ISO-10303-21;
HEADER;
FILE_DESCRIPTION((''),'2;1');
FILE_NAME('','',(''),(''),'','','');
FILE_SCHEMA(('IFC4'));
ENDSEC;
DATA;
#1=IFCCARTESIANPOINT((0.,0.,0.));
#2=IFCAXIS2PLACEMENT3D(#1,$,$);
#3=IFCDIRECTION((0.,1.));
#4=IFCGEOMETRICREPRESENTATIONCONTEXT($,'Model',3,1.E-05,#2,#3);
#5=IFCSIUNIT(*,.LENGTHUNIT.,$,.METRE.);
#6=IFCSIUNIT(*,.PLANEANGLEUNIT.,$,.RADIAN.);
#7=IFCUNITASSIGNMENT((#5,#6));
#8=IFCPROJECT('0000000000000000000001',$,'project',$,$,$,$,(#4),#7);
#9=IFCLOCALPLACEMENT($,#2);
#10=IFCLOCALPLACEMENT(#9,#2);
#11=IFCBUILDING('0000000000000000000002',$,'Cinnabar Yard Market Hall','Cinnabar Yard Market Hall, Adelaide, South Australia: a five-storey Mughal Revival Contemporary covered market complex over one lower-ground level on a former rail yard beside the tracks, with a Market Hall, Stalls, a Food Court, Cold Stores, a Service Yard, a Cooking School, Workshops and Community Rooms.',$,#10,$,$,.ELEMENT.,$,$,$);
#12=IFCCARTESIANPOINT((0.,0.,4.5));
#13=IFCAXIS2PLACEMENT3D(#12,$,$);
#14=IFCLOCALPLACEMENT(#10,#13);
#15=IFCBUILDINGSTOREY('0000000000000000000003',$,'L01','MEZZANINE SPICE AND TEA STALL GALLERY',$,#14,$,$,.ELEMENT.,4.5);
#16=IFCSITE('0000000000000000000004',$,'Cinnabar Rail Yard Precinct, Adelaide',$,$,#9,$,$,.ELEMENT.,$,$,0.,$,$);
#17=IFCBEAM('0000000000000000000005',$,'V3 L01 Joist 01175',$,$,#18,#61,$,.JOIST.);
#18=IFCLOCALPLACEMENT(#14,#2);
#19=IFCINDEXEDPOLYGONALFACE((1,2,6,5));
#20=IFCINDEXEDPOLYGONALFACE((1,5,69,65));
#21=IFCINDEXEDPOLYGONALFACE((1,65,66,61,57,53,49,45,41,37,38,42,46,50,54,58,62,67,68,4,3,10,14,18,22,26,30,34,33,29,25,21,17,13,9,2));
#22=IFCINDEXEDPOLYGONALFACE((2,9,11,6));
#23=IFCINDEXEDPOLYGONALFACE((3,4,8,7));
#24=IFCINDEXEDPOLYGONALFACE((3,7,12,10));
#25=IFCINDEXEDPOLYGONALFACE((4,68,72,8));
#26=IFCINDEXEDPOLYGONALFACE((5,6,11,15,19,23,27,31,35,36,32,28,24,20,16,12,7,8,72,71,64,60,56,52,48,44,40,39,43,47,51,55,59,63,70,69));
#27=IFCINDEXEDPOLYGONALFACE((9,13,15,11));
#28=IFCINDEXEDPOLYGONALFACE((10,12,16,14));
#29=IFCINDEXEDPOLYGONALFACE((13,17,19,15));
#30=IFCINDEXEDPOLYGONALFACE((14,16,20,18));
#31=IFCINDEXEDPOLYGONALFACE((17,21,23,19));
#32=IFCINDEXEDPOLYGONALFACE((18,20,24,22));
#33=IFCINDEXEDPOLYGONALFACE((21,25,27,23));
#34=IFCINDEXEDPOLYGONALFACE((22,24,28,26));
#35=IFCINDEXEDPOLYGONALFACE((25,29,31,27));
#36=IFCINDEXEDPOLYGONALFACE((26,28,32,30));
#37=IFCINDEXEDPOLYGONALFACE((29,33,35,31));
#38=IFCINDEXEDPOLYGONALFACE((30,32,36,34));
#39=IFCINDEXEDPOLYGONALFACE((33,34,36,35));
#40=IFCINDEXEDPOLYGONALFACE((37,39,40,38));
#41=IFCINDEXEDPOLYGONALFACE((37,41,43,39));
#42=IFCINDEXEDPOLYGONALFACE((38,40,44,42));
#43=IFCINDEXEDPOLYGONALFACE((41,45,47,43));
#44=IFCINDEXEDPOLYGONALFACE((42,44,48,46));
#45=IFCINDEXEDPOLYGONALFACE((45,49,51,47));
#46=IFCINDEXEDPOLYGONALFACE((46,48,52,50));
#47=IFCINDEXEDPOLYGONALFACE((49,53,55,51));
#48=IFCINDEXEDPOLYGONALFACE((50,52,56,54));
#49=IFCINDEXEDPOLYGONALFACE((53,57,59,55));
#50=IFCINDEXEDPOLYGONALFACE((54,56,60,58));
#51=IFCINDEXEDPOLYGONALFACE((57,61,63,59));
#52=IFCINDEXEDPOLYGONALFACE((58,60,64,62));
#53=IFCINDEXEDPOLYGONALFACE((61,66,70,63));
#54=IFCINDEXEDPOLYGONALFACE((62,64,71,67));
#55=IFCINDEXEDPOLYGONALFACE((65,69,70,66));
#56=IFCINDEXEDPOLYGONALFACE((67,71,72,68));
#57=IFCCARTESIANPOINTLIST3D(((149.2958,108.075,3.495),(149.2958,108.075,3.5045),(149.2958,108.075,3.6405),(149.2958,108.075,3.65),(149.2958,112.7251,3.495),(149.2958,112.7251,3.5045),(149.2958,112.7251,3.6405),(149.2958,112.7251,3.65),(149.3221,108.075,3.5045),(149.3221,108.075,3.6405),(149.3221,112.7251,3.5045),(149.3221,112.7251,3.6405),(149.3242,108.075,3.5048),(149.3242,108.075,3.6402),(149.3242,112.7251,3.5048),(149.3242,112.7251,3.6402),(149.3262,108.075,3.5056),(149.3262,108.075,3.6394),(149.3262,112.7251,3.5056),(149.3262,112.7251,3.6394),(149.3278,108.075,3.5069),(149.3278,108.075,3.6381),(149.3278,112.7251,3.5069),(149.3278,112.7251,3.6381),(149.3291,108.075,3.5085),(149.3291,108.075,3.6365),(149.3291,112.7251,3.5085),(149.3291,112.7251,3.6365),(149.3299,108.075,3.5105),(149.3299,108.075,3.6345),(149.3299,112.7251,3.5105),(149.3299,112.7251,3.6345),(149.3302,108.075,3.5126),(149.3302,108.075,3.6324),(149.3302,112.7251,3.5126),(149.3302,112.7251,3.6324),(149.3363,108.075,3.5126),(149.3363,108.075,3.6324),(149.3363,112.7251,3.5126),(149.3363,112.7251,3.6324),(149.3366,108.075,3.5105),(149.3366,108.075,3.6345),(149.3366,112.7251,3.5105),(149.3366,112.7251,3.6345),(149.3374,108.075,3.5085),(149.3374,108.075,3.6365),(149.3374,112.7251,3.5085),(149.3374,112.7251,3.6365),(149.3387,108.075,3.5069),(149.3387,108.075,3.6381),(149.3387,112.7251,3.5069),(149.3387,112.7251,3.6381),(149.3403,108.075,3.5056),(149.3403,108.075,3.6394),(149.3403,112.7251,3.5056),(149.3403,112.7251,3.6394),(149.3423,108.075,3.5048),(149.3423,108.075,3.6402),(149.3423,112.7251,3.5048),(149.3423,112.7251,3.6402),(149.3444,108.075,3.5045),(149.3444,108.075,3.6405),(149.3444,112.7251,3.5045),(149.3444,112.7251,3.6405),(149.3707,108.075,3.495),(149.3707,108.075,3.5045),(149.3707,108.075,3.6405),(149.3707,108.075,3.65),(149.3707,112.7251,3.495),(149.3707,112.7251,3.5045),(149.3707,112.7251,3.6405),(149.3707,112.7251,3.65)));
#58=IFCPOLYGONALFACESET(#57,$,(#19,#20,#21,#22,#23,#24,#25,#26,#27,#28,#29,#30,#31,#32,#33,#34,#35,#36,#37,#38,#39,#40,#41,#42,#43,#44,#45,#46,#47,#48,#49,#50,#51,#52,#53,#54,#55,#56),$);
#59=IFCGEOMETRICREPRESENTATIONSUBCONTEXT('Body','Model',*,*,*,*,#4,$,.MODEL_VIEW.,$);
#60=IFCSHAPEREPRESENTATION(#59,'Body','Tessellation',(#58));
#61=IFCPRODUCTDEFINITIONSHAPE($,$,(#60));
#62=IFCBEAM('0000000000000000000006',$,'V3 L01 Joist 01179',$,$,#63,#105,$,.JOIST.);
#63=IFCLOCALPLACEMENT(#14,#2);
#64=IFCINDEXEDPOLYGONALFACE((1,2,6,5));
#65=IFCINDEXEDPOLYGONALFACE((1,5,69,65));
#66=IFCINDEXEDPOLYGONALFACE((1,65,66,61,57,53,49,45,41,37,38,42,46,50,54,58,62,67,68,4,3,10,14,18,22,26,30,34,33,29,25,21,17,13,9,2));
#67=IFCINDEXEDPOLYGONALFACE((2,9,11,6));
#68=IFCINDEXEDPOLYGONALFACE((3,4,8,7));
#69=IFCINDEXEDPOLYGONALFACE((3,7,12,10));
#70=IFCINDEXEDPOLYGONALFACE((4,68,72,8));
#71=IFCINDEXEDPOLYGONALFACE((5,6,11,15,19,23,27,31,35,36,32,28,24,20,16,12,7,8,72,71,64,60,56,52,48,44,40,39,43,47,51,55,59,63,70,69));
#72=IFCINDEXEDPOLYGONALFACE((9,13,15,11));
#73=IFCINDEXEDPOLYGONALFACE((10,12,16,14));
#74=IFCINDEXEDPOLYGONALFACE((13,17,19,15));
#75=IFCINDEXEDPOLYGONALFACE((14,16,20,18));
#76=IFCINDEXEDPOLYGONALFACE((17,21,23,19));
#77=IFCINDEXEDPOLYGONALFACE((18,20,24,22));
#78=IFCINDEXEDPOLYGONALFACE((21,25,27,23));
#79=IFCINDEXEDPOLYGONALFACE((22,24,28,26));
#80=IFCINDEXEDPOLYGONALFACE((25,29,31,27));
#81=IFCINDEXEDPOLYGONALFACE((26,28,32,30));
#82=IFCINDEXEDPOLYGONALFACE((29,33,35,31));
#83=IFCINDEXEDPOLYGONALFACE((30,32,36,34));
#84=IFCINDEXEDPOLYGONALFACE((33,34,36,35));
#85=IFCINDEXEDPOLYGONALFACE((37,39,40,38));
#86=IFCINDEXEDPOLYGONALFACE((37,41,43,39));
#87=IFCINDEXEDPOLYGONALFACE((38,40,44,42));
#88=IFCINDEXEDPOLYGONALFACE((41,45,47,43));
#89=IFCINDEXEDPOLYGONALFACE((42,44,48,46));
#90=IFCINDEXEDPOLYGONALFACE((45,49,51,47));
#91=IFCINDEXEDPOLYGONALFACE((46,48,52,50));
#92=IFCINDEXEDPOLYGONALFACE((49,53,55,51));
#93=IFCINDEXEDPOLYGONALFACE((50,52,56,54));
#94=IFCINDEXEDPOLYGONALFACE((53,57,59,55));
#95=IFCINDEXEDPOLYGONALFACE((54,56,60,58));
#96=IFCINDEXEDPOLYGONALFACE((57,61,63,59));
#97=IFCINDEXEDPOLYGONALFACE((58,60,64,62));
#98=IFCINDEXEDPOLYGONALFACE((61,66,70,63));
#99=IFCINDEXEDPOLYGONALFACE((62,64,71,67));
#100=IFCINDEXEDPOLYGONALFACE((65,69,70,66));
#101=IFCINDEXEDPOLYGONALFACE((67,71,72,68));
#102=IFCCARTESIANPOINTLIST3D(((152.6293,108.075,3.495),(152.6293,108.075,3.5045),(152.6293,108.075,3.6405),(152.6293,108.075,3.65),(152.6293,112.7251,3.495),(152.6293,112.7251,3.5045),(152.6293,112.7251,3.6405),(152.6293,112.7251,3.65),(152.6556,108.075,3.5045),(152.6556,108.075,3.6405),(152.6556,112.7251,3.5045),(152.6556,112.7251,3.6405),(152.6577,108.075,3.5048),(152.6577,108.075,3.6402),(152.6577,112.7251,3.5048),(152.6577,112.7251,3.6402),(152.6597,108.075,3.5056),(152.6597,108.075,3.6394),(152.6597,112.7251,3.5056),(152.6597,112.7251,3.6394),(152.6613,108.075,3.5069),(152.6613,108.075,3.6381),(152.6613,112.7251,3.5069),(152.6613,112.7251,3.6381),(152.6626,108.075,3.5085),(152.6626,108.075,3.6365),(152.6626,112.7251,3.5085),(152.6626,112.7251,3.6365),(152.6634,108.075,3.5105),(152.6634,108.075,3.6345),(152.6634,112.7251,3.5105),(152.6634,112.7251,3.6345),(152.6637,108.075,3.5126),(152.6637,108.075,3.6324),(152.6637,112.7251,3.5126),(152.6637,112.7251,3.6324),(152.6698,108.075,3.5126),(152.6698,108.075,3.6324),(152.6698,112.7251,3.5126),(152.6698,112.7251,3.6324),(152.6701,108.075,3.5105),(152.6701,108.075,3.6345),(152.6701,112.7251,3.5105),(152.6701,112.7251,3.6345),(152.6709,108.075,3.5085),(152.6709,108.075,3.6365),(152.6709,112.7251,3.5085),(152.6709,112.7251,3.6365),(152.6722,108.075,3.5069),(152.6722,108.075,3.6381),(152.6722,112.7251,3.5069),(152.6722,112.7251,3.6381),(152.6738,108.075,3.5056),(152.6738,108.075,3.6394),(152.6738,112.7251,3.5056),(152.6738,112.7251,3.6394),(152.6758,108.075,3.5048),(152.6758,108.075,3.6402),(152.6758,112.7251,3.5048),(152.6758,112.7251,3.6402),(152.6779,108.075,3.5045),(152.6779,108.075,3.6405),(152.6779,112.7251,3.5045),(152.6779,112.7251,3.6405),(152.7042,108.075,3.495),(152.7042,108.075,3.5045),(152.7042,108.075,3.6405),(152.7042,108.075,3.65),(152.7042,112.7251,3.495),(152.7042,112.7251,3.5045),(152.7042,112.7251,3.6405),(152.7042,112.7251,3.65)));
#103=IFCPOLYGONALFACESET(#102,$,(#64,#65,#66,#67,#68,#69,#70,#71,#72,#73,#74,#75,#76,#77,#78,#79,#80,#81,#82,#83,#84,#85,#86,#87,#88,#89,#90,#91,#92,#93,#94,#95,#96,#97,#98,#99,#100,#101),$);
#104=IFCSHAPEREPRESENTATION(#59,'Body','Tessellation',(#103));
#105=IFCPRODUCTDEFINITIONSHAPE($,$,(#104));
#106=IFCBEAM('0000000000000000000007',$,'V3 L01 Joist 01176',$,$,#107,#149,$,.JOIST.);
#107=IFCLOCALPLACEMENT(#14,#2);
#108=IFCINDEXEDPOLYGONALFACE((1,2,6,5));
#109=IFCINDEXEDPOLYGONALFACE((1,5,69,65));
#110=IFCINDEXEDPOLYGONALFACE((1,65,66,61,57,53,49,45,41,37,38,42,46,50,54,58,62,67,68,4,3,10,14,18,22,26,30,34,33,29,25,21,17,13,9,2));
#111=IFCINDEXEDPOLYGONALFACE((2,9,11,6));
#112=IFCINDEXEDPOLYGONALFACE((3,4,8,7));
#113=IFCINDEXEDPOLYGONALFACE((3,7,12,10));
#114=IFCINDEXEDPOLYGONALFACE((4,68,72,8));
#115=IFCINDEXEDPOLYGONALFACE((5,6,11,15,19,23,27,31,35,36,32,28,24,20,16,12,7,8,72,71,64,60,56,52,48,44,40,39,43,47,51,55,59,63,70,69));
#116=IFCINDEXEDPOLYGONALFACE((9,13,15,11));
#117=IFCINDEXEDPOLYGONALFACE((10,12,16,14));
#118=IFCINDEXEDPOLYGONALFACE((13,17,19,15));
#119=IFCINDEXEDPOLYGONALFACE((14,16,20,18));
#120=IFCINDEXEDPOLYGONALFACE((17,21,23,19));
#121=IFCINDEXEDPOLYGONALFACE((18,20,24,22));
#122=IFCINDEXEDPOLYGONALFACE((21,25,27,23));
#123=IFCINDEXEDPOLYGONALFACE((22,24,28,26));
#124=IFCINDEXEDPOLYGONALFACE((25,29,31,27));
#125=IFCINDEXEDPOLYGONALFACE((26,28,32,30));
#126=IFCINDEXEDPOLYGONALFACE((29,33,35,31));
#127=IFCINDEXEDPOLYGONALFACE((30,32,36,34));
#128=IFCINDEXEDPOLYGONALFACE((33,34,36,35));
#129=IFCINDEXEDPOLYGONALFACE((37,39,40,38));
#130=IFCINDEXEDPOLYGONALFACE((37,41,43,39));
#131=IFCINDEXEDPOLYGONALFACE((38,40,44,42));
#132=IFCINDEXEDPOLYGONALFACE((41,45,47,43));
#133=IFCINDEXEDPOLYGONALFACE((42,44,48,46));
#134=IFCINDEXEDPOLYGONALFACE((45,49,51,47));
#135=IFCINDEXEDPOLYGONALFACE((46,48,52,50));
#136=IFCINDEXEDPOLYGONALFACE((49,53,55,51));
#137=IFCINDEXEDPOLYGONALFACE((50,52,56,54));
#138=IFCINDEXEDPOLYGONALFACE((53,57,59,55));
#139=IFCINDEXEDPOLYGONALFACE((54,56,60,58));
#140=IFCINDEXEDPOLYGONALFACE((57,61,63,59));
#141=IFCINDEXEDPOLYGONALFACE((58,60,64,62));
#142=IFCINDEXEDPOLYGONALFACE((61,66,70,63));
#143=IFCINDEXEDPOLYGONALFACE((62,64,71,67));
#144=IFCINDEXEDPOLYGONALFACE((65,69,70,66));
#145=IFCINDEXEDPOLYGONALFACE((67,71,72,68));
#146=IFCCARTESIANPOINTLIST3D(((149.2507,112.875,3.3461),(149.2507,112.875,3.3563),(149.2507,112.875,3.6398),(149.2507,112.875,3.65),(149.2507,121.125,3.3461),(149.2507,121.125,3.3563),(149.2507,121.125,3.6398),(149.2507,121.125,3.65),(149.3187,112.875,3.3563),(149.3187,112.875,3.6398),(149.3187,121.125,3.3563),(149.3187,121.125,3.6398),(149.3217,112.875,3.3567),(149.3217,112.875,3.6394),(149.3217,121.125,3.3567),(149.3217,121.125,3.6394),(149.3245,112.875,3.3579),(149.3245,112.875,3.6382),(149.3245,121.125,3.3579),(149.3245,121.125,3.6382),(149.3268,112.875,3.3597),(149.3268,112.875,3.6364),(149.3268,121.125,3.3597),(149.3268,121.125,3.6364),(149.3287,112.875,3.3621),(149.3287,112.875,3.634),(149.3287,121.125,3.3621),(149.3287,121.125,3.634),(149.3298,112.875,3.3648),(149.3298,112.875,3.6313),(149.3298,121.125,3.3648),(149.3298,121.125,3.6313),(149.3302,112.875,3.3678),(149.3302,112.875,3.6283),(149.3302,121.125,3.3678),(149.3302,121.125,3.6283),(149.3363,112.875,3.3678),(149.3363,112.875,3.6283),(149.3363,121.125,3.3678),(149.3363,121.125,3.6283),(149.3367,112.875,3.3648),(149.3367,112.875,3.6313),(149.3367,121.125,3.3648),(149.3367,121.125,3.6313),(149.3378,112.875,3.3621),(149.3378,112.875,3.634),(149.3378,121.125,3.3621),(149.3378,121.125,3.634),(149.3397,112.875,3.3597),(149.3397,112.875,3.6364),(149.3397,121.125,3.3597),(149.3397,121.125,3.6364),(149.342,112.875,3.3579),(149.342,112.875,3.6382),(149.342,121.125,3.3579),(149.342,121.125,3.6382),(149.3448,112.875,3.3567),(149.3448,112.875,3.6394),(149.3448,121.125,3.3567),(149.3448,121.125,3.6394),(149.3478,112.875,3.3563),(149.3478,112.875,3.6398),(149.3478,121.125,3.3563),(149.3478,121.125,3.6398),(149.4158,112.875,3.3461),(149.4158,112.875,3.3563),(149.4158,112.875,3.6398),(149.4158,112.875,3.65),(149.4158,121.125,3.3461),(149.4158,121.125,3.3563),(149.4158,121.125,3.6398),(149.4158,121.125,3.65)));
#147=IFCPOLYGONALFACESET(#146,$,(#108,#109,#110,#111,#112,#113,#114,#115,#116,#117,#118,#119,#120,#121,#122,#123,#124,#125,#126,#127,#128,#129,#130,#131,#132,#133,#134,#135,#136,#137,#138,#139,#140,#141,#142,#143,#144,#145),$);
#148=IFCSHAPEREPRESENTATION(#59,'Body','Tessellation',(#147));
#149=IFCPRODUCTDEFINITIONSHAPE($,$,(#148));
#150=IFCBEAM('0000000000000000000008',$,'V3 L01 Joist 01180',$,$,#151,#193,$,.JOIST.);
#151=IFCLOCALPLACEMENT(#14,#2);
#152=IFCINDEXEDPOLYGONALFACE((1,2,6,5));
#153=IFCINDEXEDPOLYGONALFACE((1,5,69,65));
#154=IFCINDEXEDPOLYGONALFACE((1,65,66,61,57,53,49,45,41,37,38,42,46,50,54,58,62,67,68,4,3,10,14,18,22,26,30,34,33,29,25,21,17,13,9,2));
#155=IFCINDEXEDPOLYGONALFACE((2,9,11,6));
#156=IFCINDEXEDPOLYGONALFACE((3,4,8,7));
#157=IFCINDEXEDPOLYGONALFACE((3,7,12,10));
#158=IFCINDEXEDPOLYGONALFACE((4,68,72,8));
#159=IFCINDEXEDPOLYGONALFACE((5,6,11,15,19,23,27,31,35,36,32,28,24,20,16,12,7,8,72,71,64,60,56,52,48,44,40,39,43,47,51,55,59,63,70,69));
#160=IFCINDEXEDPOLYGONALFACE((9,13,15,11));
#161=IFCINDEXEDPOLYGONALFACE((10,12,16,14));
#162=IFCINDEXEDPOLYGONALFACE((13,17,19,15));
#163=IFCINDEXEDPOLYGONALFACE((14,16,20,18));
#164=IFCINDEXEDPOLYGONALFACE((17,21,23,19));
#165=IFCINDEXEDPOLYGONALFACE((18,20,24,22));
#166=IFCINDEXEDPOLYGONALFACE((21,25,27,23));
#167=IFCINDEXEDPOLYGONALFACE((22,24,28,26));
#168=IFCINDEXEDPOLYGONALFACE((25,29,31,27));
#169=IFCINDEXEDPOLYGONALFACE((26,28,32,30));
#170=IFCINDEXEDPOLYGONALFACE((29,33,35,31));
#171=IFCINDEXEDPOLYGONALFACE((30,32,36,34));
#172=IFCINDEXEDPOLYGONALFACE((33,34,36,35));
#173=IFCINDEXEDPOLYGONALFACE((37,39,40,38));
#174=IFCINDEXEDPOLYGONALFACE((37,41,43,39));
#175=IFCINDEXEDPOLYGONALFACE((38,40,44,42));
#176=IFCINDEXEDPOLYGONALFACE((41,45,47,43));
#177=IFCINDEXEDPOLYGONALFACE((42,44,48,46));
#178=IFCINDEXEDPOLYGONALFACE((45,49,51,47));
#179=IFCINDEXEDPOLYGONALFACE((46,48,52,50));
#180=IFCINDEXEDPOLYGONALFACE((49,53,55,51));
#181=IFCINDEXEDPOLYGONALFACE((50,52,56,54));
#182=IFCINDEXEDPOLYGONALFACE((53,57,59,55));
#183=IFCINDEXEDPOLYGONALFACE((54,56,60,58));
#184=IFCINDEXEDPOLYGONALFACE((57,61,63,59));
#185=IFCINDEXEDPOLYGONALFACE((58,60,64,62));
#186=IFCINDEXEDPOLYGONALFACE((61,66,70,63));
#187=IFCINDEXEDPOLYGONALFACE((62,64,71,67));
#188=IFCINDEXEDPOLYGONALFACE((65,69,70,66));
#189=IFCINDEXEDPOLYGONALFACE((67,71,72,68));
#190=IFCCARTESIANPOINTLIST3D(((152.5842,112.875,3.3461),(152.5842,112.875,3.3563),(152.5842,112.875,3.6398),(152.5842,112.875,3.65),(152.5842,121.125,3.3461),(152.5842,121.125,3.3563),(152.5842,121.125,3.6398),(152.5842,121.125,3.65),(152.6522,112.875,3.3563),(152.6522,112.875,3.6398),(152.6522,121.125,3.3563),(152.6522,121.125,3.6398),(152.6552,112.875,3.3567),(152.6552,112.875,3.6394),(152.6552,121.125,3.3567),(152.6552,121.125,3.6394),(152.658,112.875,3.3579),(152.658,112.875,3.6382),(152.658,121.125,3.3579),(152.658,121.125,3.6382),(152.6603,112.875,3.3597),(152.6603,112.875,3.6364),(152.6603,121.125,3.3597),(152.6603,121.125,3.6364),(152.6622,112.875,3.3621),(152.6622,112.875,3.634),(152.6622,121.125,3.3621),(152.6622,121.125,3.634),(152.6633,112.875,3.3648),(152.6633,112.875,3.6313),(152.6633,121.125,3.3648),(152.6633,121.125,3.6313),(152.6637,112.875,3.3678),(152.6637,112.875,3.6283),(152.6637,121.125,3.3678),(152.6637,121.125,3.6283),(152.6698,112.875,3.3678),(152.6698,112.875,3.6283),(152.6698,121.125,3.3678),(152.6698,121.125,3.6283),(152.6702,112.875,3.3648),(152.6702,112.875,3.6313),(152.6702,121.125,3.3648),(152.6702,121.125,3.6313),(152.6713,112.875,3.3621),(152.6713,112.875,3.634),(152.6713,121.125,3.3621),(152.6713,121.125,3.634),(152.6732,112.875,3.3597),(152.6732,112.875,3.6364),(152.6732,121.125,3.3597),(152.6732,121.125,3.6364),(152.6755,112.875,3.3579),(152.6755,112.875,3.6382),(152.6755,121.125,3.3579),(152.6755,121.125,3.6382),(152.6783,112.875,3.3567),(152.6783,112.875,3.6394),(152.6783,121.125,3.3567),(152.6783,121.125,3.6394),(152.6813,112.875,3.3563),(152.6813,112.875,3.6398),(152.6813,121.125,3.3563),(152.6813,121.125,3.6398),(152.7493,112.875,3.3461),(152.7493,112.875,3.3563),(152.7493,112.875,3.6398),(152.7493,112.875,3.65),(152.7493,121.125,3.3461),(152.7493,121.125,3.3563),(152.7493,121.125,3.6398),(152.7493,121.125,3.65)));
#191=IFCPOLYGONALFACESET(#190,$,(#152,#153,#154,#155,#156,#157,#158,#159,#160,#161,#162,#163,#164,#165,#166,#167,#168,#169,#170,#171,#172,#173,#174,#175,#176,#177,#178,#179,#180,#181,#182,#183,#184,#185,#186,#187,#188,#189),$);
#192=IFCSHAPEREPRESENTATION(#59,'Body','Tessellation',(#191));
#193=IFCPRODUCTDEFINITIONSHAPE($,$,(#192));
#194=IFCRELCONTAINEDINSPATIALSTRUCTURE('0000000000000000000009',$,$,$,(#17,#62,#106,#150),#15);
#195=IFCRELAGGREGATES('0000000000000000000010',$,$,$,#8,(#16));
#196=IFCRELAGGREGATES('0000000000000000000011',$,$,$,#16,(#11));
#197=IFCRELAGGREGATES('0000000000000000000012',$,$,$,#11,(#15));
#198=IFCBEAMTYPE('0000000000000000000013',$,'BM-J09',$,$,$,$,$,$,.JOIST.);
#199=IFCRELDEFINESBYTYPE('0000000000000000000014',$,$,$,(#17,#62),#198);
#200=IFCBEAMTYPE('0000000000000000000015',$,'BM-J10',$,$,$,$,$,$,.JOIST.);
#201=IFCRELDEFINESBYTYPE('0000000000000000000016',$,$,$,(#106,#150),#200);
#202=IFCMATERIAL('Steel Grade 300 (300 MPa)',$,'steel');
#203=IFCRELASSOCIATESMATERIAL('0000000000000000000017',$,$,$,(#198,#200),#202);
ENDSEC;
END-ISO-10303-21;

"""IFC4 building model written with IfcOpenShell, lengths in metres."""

from ifc_helpers import new_model, si_unit, direction, frame, origin, origin_2d_with_axis, place, context, subcontext, project, spatial, i_section, extrude, material, material_profile, profile_set, type_object, element, save


model = new_model("IFC4")

# Units and contexts
model_context = context("Model", 3, precision=1e-05, world=origin(), true_north=direction((0.0, 1.0)))
body_context = subcontext(model_context, "Body", "Model", "MODEL_VIEW")
ifc_project = project(units=[si_unit("LENGTHUNIT", "METRE"), si_unit("PLANEANGLEUNIT", "RADIAN")], contexts=[model_context])

# Site, building, storey
site_placement = place(None, origin())
site = spatial("IfcSite", under=ifc_project, at=site_placement, Name="Cinnabar Rail Yard Precinct, Adelaide", CompositionType="ELEMENT", RefElevation=0.0)
building_placement = place(site_placement, origin())
building = spatial("IfcBuilding", under=site, at=building_placement, Name="Cinnabar Yard Market Hall", Description="Cinnabar Yard Market Hall, Adelaide, South Australia: a five-storey Mughal Revival Contemporary covered market complex over one lower-ground level on a former rail yard beside the tracks, with a Market Hall, Stalls, a Food Court, Cold Stores, a Service Yard, a Cooking School, Workshops and Community Rooms.", CompositionType="ELEMENT")
storey_placement = place(building_placement, frame((0.0, 0.0, 4.5)))
storey = spatial("IfcBuildingStorey", under=building, at=storey_placement, Name="L01", Description="MEZZANINE SPICE AND TEA STALL GALLERY", CompositionType="ELEMENT", Elevation=4.5)

# Shared definitions
ifc_material_1 = material(Name="Steel Grade 300 (300 MPa)", Category="steel")

# Beams
ifc_material_profile_1 = material_profile(ifc_material_1, i_section(OverallWidth=0.075, OverallDepth=0.155, WebThickness=0.0061, FlangeThickness=0.0095, FilletRadius=0.0081, at=origin_2d_with_axis()), Name="150UB18.0")
ifc_profile_set_1 = profile_set([ifc_material_profile_1], Name="Steel Grade 300 (300 MPa)")
beam_type_1 = type_object("IfcBeamType", Name="BM-J09", PredefinedType="JOIST", material=ifc_profile_set_1)
for number, where, z_axis, x_axis, name in (
    (1, (149.3333, 108.075, 3.5725), (0.0, 1.0, 0.0), (-1.0, 0.0, 0.0), "V3 L01 Joist 01175"),
    (2, (152.6667, 108.075, 3.5725), (0.0, 1.0, 0.0), (-1.0, 0.0, 0.0), "V3 L01 Joist 01179"),
):
    element("IfcBeam", number, at=place(storey_placement, frame(where, z_axis=z_axis, x_axis=x_axis)), inside=storey, type_object=beam_type_1, Name=name, PredefinedType="JOIST", context=body_context, shape_type="SweptSolid", body=[
        extrude(i_section(OverallWidth=0.075, OverallDepth=0.155, WebThickness=0.0061, FlangeThickness=0.0095, FilletRadius=0.0081, at=origin_2d_with_axis()), origin(), (0.0, 0.0, 1.0), 4.6501),
    ])
ifc_material_profile_2 = material_profile(ifc_material_1, i_section(OverallWidth=0.165, OverallDepth=0.304, WebThickness=0.0061, FlangeThickness=0.0103, FilletRadius=0.0115, at=origin_2d_with_axis()), Name="310UB40.4")
ifc_profile_set_2 = profile_set([ifc_material_profile_2], Name="Steel Grade 300 (300 MPa)")
beam_type_2 = type_object("IfcBeamType", Name="BM-J10", PredefinedType="JOIST", material=ifc_profile_set_2)
for number, where, z_axis, x_axis, name in (
    (3, (149.3333, 112.875, 3.498), (0.0, 1.0, 0.0), (-1.0, 0.0, 0.0), "V3 L01 Joist 01176"),
    (4, (152.6667, 112.875, 3.498), (0.0, 1.0, 0.0), (-1.0, 0.0, 0.0), "V3 L01 Joist 01180"),
):
    element("IfcBeam", number, at=place(storey_placement, frame(where, z_axis=z_axis, x_axis=x_axis)), inside=storey, type_object=beam_type_2, Name=name, PredefinedType="JOIST", context=body_context, shape_type="SweptSolid", body=[
        extrude(i_section(OverallWidth=0.165, OverallDepth=0.304, WebThickness=0.0061, FlangeThickness=0.0103, FilletRadius=0.0115, at=origin_2d_with_axis()), origin(), (0.0, 0.0, 1.0), 8.25),
    ])

save(model, "model.ifc")
